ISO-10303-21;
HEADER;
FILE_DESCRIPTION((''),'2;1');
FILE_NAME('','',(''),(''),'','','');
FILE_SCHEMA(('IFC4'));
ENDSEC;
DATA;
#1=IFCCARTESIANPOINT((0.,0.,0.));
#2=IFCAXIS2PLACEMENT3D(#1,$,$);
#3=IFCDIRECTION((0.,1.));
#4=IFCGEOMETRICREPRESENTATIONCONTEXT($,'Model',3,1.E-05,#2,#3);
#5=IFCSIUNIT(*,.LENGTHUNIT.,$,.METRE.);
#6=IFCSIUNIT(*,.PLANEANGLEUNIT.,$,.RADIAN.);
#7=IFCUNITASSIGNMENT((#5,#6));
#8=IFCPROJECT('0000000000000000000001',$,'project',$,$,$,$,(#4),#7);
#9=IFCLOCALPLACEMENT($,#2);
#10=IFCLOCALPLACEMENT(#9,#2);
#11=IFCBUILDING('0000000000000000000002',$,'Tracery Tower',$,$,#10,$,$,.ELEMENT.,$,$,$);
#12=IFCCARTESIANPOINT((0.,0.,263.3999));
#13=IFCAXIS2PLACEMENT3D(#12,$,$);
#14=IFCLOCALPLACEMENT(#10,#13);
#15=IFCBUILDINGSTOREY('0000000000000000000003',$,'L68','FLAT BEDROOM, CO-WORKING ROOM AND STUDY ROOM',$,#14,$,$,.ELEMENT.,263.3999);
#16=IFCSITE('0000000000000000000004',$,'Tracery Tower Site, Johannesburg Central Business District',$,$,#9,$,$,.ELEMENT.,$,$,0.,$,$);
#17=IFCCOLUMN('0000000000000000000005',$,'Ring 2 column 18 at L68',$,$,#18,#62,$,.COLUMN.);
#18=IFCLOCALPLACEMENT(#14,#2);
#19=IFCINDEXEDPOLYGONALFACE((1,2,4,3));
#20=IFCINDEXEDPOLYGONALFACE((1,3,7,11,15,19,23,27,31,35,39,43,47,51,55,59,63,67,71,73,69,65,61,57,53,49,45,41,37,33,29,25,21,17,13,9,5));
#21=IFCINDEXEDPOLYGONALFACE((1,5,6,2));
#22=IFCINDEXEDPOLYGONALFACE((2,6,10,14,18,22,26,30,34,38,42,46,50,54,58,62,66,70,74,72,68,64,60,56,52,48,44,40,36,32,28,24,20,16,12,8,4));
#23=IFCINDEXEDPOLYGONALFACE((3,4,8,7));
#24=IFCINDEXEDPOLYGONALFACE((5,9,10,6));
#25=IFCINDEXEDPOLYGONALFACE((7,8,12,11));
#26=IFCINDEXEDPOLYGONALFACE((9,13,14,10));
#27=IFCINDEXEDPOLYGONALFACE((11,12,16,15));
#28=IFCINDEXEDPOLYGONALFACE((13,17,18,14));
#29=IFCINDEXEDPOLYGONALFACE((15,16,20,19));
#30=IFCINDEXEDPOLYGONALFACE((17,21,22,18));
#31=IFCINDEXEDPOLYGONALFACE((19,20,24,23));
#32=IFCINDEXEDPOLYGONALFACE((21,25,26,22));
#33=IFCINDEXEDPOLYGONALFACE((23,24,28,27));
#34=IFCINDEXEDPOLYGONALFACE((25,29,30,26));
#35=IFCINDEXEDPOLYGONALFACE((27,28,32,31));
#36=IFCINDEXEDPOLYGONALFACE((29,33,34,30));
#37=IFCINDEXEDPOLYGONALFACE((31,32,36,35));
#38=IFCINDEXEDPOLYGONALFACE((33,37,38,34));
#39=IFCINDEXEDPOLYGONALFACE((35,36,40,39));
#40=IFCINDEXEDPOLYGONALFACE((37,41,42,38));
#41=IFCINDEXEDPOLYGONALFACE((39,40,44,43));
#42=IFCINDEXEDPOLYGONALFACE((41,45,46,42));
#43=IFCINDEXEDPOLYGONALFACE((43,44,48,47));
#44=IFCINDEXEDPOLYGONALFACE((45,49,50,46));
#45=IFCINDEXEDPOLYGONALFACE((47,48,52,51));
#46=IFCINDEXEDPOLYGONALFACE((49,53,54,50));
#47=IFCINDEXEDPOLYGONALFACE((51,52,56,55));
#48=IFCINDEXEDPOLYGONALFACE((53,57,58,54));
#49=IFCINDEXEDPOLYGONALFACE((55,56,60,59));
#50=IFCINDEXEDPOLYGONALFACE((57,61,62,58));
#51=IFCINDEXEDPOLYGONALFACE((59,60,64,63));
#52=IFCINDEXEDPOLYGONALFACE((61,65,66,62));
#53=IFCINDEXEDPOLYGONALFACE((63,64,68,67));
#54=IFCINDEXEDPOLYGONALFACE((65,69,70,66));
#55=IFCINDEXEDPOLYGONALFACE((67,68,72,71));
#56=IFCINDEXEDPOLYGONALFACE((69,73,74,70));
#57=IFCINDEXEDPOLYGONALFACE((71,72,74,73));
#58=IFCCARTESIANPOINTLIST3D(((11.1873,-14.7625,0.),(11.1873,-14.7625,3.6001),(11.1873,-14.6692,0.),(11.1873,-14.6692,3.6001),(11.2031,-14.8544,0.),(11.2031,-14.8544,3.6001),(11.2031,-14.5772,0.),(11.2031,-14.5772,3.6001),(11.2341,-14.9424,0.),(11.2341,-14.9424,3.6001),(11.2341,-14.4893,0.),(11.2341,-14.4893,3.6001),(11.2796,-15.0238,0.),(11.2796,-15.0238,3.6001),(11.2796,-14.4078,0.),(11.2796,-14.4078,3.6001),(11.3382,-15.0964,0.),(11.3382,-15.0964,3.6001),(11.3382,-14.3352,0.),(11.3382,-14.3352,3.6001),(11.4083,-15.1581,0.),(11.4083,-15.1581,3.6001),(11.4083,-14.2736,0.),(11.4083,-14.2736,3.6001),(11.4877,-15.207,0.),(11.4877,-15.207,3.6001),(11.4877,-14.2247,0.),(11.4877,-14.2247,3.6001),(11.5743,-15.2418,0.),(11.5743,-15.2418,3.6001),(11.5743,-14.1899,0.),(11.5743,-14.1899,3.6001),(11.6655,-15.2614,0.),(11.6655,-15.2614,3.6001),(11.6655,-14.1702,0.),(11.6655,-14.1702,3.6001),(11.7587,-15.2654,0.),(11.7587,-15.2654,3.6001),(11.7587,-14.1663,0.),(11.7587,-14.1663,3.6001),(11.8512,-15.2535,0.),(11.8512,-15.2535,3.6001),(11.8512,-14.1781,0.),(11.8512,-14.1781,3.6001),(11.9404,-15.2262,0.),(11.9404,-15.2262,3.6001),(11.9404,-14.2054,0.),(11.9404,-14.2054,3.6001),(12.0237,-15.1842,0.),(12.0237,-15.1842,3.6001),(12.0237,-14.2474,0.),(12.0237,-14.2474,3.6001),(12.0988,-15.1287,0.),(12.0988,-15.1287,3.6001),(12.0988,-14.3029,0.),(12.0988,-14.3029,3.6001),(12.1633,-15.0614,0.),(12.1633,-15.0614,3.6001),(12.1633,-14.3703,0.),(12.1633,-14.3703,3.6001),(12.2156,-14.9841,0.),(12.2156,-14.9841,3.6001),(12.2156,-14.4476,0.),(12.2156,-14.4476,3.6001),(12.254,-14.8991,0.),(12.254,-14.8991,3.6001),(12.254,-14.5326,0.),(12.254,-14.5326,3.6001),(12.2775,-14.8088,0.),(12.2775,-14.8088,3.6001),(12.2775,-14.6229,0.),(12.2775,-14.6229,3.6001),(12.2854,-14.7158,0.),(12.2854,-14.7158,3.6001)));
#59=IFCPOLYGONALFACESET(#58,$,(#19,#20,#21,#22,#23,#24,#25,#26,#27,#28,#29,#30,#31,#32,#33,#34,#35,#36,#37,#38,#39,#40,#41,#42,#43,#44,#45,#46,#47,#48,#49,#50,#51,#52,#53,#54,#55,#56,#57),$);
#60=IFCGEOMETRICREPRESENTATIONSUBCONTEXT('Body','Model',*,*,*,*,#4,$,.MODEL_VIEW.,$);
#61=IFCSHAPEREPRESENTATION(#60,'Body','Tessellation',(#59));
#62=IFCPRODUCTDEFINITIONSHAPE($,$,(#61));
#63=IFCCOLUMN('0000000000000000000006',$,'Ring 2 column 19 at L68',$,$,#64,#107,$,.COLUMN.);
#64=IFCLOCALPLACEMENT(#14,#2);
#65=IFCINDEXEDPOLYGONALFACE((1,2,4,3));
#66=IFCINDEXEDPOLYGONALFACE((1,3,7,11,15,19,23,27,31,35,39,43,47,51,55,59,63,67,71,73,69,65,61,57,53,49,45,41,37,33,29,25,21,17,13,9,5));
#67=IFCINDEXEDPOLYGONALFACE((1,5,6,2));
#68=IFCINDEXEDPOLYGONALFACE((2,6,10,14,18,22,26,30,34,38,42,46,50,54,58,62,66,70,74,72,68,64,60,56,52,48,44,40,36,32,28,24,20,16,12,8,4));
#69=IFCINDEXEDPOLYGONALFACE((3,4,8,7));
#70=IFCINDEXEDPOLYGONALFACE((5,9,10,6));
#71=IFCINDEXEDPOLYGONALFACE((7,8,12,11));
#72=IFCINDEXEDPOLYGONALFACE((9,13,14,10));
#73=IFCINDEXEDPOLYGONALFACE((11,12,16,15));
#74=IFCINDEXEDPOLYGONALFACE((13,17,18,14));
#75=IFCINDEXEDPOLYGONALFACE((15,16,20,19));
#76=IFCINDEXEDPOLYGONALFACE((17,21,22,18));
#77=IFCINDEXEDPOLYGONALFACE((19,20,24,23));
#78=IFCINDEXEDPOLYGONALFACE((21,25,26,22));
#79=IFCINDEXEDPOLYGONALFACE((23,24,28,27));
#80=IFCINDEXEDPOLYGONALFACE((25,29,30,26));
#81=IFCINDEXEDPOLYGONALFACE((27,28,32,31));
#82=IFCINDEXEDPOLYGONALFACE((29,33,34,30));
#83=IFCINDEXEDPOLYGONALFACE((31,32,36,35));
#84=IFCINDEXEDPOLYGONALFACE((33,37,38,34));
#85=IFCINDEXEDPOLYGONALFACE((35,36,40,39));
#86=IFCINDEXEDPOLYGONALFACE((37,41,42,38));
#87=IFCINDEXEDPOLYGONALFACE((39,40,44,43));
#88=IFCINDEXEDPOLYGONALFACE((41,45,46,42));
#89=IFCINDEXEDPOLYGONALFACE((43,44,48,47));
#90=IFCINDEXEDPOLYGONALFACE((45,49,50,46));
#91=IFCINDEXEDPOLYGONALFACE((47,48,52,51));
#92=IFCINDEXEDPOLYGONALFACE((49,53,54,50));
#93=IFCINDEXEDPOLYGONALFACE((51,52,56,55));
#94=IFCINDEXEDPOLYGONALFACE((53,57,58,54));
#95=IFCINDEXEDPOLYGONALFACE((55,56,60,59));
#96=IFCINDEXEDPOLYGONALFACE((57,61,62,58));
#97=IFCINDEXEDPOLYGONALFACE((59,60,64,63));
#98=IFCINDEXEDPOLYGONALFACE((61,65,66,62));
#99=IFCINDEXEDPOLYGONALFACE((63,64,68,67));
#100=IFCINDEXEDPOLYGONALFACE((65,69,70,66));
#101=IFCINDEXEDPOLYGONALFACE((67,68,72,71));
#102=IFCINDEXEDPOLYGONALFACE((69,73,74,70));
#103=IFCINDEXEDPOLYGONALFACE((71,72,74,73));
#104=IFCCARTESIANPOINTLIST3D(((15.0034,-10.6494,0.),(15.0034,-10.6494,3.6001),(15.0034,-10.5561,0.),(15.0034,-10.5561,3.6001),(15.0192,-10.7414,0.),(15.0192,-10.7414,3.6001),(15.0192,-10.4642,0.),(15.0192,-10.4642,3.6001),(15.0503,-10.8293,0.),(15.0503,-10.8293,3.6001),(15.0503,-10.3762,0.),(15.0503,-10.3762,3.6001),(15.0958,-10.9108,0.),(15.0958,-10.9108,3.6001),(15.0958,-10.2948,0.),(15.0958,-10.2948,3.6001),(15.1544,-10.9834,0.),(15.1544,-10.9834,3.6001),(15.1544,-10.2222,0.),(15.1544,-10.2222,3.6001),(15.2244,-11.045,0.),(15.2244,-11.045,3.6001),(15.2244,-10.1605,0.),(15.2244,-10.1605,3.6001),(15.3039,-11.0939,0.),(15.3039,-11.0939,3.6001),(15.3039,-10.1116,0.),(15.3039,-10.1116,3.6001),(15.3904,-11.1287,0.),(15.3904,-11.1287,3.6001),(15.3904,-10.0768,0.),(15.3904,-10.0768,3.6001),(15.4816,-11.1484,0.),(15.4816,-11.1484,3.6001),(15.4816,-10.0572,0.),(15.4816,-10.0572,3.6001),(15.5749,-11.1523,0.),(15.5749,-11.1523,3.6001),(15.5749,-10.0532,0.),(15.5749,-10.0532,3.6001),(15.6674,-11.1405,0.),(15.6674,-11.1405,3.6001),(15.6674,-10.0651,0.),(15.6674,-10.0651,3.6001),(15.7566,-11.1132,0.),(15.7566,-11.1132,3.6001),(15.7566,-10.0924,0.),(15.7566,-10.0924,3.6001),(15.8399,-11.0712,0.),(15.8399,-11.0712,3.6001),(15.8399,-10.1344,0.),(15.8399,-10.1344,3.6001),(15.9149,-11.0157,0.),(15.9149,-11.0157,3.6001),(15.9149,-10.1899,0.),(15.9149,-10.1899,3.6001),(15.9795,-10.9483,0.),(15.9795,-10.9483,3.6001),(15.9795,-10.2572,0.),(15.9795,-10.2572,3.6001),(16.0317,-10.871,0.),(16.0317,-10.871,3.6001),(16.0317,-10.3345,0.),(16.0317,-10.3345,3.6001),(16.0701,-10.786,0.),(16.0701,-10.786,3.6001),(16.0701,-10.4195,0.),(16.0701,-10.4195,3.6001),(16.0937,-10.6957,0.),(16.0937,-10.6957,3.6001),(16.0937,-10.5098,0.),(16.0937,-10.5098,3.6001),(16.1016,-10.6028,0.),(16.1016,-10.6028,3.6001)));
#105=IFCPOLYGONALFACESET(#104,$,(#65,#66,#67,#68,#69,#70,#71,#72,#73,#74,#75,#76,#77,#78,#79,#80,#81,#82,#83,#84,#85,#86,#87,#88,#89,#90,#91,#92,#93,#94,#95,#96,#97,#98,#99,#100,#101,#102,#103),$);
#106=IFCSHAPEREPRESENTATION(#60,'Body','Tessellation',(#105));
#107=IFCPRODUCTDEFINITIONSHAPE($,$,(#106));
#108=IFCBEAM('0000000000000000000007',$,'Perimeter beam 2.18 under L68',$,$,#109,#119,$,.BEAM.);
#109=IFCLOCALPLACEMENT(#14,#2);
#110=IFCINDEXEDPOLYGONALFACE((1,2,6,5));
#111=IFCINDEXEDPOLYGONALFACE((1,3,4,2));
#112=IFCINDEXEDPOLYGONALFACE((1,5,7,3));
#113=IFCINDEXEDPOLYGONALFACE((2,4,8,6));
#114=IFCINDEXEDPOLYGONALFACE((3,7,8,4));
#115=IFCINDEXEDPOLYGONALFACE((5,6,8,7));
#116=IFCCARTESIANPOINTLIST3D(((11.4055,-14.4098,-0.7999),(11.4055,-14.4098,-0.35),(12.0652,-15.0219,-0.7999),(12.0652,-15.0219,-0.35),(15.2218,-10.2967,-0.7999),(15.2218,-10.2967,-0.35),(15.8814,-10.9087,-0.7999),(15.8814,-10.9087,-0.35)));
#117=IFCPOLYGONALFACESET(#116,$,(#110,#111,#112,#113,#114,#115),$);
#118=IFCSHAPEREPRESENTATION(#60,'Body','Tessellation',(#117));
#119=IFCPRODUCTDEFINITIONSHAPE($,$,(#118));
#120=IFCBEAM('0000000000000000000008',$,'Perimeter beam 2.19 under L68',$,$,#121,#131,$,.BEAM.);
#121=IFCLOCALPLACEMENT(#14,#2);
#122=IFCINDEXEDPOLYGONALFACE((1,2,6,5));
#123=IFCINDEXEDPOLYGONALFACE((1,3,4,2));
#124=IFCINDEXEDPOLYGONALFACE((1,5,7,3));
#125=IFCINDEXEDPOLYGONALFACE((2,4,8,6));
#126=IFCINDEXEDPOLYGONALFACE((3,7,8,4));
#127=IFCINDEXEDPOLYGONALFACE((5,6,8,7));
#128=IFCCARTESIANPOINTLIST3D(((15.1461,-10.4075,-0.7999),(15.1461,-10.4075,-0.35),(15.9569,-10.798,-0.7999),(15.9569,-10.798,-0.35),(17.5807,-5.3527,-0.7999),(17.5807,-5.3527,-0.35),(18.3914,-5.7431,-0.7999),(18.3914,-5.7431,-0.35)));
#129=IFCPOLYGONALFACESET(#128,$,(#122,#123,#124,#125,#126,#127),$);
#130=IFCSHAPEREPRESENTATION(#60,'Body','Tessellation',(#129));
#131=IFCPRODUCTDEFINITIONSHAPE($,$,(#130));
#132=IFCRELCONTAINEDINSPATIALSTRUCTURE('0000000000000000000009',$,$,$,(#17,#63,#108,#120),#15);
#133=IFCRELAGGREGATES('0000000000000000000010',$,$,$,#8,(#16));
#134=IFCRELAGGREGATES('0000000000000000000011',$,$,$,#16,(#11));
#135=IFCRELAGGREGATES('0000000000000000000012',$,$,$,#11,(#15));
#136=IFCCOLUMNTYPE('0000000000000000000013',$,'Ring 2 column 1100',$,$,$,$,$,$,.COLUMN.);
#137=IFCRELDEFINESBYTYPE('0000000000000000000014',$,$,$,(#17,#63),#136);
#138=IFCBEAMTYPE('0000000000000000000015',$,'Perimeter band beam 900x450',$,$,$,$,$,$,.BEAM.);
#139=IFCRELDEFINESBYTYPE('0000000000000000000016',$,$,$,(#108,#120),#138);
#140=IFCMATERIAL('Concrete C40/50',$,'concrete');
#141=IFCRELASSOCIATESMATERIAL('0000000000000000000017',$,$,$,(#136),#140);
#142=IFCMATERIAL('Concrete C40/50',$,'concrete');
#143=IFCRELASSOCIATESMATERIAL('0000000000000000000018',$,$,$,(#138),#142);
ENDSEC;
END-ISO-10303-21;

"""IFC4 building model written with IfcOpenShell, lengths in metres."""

from ifc_helpers import new_model, si_unit, direction, frame, origin, origin_2d, place, context, subcontext, project, spatial, rectangle, circle, extrude, material, material_profile, profile_set, type_object, element, save


model = new_model("IFC4")

# Units and contexts
model_context = context("Model", 3, precision=1e-05, world=origin(), true_north=direction((0.0, 1.0)))
body_context = subcontext(model_context, "Body", "Model", "MODEL_VIEW")
ifc_project = project(units=[si_unit("LENGTHUNIT", "METRE"), si_unit("PLANEANGLEUNIT", "RADIAN")], contexts=[model_context])

# Site, building, storey
site_placement = place(None, origin())
site = spatial("IfcSite", under=ifc_project, at=site_placement, Name="Tracery Tower Site, Johannesburg Central Business District", CompositionType="ELEMENT", RefElevation=0.0)
building_placement = place(site_placement, origin())
building = spatial("IfcBuilding", under=site, at=building_placement, Name="Tracery Tower", CompositionType="ELEMENT")
storey_placement = place(building_placement, frame((0.0, 0.0, 263.3999)))
storey = spatial("IfcBuildingStorey", under=building, at=storey_placement, Name="L68", Description="FLAT BEDROOM, CO-WORKING ROOM AND STUDY ROOM", CompositionType="ELEMENT", Elevation=263.3999)

# Columns
ifc_material_1 = material(Name="Concrete C40/50", Category="concrete")
ifc_material_profile_1 = material_profile(ifc_material_1, circle(Radius=0.55, at=origin_2d()), Name="RC D1100")
ifc_profile_set_1 = profile_set([ifc_material_profile_1], Name="Concrete C40/50")
column_type = type_object("IfcColumnType", Name="Ring 2 column 1100", PredefinedType="COLUMN", material=ifc_profile_set_1)
for number, where, z_axis, x_axis, name in (
    (1, (11.7354, -14.7158, 0.0), (0.0, 0.0, 1.0), (1.0, 0.0, 0.0), "Ring 2 column 18 at L68"),
    (2, (15.5515, -10.6028, 0.0), (0.0, 0.0, 1.0), (1.0, 0.0, 0.0), "Ring 2 column 19 at L68"),
):
    element("IfcColumn", number, at=place(storey_placement, frame(where, z_axis=z_axis, x_axis=x_axis)), inside=storey, type_object=column_type, Name=name, PredefinedType="COLUMN", context=body_context, shape_type="SweptSolid", body=[
        extrude(circle(Radius=0.55, at=origin_2d()), origin(), (0.0, 0.0, 1.0), 3.6001),
    ])

# Beams
ifc_material_2 = material(Name="Concrete C40/50", Category="concrete")
ifc_material_profile_2 = material_profile(ifc_material_2, rectangle(XDim=0.8999, YDim=0.45, at=origin_2d()), Name="RC 900x450")
ifc_profile_set_2 = profile_set([ifc_material_profile_2], Name="Concrete C40/50")
beam_type = type_object("IfcBeamType", Name="Perimeter band beam 900x450", PredefinedType="BEAM", material=ifc_profile_set_2)
beam_1_placement = place(storey_placement, frame((11.7354, -14.7158, -0.575), z_axis=(0.680156, 0.733068, 0.0), x_axis=(-0.733068, 0.680156, 0.0)))
element("IfcBeam", 3, at=beam_1_placement, inside=storey, type_object=beam_type, Name="Perimeter beam 2.18 under L68", PredefinedType="BEAM", context=body_context, shape_type="SweptSolid", body=[
    extrude(rectangle(XDim=0.8999, YDim=0.45, at=origin_2d()), origin(), (0.0, 0.0, 1.0), 5.6108),
])
beam_2_placement = place(storey_placement, frame((15.5515, -10.6028, -0.575), z_axis=(0.433919, 0.900952, 0.0), x_axis=(-0.900952, 0.433919, 0.0)))
element("IfcBeam", 4, at=beam_2_placement, inside=storey, type_object=beam_type, Name="Perimeter beam 2.19 under L68", PredefinedType="BEAM", context=body_context, shape_type="SweptSolid", body=[
    extrude(rectangle(XDim=0.8999, YDim=0.45, at=origin_2d()), origin(), (0.0, 0.0, 1.0), 5.6106),
])

save(model, "model.ifc")
